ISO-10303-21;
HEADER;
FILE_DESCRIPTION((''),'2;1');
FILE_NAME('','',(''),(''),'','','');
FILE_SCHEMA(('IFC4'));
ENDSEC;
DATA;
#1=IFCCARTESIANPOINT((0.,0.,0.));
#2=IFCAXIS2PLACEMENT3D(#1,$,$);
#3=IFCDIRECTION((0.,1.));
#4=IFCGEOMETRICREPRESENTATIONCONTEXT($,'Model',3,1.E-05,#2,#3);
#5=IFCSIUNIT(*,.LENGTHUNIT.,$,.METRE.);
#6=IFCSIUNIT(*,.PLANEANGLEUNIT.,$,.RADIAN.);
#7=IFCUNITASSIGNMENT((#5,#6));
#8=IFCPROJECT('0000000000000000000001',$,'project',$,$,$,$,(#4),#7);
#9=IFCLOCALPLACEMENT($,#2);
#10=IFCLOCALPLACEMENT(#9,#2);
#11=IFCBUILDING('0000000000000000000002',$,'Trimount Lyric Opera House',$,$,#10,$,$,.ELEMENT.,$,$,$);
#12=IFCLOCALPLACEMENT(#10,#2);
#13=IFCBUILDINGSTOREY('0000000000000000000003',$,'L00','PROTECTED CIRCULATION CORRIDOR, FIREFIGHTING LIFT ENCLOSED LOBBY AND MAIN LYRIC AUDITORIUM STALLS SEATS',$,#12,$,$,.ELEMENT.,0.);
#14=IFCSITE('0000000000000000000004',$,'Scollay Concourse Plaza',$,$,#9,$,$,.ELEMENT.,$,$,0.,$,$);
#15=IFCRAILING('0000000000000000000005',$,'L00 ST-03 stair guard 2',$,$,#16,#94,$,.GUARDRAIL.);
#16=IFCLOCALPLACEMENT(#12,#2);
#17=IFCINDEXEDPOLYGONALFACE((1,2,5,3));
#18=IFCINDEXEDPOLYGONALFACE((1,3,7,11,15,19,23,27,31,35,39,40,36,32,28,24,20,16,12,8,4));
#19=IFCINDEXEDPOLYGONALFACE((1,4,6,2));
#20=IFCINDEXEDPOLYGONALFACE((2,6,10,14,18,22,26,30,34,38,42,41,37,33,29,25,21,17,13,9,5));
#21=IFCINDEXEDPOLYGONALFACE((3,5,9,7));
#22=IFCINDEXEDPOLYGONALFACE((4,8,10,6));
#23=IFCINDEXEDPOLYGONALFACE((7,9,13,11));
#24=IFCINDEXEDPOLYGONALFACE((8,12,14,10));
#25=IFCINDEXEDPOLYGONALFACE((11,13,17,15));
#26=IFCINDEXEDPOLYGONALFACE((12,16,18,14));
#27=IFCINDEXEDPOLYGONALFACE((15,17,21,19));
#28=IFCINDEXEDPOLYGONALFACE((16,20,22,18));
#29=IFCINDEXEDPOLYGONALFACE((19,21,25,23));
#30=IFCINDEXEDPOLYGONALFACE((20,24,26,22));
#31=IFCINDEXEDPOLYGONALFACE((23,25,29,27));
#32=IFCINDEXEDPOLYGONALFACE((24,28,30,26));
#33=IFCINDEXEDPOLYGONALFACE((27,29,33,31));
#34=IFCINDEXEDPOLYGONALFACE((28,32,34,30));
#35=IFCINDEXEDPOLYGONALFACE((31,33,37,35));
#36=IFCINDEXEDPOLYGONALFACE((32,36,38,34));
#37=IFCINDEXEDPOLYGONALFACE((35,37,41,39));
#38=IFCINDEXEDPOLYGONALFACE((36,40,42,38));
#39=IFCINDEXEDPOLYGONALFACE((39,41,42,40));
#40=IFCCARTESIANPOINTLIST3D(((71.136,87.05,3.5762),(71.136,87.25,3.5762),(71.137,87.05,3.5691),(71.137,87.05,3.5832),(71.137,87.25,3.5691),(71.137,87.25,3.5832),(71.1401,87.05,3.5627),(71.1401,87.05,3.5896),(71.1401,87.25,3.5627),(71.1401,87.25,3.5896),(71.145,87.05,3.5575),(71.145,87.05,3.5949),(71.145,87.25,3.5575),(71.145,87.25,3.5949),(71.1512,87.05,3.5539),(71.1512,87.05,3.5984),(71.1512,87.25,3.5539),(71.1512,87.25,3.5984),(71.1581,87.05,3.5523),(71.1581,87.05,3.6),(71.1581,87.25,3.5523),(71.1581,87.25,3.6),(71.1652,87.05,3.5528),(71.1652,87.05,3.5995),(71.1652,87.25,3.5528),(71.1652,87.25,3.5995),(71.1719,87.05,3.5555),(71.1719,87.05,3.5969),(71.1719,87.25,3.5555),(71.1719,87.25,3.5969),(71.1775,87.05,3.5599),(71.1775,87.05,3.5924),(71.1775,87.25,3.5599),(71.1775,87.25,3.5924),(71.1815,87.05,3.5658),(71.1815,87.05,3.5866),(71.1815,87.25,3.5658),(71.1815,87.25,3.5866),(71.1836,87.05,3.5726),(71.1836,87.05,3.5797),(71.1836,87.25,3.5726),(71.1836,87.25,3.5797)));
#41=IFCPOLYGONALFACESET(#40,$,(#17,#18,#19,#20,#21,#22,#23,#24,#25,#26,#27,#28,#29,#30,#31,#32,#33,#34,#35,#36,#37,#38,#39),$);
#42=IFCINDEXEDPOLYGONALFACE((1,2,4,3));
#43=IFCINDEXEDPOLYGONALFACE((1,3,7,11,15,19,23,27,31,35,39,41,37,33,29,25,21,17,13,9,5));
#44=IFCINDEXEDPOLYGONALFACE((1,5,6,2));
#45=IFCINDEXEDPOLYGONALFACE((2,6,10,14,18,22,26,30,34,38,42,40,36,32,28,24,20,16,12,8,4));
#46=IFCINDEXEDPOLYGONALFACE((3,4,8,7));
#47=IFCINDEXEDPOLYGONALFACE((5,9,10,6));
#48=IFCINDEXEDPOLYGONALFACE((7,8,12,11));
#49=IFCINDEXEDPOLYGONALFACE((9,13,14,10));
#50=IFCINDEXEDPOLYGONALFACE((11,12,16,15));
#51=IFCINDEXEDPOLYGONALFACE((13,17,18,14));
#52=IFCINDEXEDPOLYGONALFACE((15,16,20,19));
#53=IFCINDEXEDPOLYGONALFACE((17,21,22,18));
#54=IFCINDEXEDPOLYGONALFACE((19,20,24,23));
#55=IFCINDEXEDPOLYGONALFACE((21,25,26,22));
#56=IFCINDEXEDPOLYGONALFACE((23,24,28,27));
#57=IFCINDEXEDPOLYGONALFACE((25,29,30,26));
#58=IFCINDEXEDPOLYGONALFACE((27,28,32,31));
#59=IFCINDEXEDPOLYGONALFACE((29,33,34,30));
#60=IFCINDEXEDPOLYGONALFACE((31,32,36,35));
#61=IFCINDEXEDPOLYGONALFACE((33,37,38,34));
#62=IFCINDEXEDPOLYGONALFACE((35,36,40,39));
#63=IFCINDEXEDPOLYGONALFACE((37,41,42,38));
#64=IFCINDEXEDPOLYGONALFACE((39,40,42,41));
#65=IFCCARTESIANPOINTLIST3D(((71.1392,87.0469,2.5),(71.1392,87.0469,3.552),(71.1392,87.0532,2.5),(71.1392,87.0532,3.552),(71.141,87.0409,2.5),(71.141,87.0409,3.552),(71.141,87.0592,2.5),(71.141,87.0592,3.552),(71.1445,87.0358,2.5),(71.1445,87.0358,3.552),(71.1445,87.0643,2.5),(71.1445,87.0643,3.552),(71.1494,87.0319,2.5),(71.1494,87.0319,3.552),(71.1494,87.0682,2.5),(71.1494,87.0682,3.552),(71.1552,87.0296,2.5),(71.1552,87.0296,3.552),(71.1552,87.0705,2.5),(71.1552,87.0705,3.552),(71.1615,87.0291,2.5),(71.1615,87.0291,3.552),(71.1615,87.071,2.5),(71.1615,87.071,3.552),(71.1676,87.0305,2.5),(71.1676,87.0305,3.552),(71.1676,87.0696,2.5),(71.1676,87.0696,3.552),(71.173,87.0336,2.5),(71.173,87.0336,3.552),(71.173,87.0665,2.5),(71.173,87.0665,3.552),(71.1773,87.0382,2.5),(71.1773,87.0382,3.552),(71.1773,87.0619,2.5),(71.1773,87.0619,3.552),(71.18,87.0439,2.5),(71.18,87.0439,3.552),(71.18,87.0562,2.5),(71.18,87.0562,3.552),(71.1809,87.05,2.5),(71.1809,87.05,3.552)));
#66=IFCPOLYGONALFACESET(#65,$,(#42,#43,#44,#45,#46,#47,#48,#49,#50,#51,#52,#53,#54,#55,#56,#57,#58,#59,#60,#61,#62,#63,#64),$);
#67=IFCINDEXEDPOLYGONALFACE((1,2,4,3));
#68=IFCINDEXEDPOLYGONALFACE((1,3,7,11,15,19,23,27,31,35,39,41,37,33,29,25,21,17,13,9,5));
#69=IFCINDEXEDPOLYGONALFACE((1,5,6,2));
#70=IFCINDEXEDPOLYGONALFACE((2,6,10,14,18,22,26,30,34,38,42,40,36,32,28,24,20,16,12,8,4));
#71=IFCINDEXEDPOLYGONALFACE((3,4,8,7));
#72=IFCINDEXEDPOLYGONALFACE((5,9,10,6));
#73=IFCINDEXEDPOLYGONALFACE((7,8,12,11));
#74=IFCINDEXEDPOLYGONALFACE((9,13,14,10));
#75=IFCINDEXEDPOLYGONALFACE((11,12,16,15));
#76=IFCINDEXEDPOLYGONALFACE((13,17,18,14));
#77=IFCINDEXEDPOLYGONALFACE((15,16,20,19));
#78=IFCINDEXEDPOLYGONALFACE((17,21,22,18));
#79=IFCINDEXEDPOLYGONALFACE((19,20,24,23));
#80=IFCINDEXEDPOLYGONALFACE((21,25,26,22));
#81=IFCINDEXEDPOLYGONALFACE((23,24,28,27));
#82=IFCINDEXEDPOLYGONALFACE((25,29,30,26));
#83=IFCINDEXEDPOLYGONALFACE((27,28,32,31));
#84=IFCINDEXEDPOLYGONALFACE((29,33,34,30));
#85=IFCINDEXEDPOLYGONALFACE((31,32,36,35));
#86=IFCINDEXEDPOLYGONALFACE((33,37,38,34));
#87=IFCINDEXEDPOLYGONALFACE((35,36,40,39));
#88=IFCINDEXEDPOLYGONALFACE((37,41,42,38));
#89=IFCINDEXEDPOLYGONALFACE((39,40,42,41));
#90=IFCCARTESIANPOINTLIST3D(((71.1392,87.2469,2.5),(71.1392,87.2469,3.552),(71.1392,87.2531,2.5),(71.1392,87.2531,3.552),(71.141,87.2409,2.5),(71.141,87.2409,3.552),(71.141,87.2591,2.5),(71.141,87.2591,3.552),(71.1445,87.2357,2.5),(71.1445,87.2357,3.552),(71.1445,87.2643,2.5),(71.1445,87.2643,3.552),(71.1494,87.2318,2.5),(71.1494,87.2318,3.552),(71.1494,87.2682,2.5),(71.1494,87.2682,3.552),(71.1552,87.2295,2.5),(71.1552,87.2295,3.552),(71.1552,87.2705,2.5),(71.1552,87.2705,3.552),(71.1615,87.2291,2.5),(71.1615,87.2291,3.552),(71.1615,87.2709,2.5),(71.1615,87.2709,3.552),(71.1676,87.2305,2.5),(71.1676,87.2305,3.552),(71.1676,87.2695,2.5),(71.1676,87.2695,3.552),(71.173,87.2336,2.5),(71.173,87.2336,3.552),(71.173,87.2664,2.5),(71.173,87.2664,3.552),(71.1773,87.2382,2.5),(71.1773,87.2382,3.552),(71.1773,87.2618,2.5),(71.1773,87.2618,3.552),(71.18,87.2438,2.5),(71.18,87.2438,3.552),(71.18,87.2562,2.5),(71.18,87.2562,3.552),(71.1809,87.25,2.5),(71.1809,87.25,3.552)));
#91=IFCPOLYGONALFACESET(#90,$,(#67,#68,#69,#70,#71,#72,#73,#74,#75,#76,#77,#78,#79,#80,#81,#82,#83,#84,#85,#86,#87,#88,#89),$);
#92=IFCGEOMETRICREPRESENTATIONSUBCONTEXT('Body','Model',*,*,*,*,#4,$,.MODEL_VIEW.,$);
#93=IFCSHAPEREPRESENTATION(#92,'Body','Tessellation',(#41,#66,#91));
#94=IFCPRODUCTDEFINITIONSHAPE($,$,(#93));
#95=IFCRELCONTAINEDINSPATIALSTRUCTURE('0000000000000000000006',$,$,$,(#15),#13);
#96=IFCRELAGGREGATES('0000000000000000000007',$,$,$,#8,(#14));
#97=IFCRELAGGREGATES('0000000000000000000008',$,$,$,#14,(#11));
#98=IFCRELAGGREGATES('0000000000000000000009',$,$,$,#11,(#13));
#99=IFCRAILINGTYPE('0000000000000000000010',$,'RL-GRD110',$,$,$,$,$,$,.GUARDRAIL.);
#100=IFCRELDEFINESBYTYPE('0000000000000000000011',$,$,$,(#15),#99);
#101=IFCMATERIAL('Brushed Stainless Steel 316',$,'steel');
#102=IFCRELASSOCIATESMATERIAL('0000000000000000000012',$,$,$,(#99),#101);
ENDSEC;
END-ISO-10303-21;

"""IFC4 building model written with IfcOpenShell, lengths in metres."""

from ifc_helpers import new_model, si_unit, direction, frame, origin, origin_2d, place, context, subcontext, project, spatial, circle, extrude, material, type_object, element, save


model = new_model("IFC4")

# Units and contexts
model_context = context("Model", 3, precision=1e-05, world=origin(), true_north=direction((0.0, 1.0)))
body_context = subcontext(model_context, "Body", "Model", "MODEL_VIEW")
ifc_project = project(units=[si_unit("LENGTHUNIT", "METRE"), si_unit("PLANEANGLEUNIT", "RADIAN")], contexts=[model_context])

# Site, building, storey
site_placement = place(None, origin())
site = spatial("IfcSite", under=ifc_project, at=site_placement, Name="Scollay Concourse Plaza", CompositionType="ELEMENT", RefElevation=0.0)
building_placement = place(site_placement, origin())
building = spatial("IfcBuilding", under=site, at=building_placement, Name="Trimount Lyric Opera House", CompositionType="ELEMENT")
storey_placement = place(building_placement, origin())
storey = spatial("IfcBuildingStorey", under=building, at=storey_placement, Name="L00", Description="PROTECTED CIRCULATION CORRIDOR, FIREFIGHTING LIFT ENCLOSED LOBBY AND MAIN LYRIC AUDITORIUM STALLS SEATS", CompositionType="ELEMENT", Elevation=0.0)

# Railing
ifc_material_1 = material(Name="Brushed Stainless Steel 316", Category="steel")
railing_type_1 = type_object("IfcRailingType", Name="RL-GRD110", PredefinedType="GUARDRAIL", material=ifc_material_1)
railing_1_placement = place(storey_placement, frame((71.1599, 87.05, 2.5)))
element("IfcRailing", 1, at=railing_1_placement, inside=storey, type_object=railing_type_1, Name="L00 ST-03 stair guard 2", PredefinedType="GUARDRAIL", context=body_context, shape_type="SweptSolid", body=[
    extrude(circle(Radius=0.0239, at=origin_2d()), frame((0.0, 0.0, 1.0762), z_axis=(0.0, 1.0, 0.0), x_axis=(-1.0, 0.0, 0.0)), (0.0, 0.0, 1.0), 0.2),
    extrude(circle(Radius=0.021, at=origin_2d()), origin(), (0.0, 0.0, 1.0), 1.052),
    extrude(circle(Radius=0.021, at=origin_2d()), frame((0.0, 0.2, 0.0)), (0.0, 0.0, 1.0), 1.052),
])

save(model, "model.ifc")
